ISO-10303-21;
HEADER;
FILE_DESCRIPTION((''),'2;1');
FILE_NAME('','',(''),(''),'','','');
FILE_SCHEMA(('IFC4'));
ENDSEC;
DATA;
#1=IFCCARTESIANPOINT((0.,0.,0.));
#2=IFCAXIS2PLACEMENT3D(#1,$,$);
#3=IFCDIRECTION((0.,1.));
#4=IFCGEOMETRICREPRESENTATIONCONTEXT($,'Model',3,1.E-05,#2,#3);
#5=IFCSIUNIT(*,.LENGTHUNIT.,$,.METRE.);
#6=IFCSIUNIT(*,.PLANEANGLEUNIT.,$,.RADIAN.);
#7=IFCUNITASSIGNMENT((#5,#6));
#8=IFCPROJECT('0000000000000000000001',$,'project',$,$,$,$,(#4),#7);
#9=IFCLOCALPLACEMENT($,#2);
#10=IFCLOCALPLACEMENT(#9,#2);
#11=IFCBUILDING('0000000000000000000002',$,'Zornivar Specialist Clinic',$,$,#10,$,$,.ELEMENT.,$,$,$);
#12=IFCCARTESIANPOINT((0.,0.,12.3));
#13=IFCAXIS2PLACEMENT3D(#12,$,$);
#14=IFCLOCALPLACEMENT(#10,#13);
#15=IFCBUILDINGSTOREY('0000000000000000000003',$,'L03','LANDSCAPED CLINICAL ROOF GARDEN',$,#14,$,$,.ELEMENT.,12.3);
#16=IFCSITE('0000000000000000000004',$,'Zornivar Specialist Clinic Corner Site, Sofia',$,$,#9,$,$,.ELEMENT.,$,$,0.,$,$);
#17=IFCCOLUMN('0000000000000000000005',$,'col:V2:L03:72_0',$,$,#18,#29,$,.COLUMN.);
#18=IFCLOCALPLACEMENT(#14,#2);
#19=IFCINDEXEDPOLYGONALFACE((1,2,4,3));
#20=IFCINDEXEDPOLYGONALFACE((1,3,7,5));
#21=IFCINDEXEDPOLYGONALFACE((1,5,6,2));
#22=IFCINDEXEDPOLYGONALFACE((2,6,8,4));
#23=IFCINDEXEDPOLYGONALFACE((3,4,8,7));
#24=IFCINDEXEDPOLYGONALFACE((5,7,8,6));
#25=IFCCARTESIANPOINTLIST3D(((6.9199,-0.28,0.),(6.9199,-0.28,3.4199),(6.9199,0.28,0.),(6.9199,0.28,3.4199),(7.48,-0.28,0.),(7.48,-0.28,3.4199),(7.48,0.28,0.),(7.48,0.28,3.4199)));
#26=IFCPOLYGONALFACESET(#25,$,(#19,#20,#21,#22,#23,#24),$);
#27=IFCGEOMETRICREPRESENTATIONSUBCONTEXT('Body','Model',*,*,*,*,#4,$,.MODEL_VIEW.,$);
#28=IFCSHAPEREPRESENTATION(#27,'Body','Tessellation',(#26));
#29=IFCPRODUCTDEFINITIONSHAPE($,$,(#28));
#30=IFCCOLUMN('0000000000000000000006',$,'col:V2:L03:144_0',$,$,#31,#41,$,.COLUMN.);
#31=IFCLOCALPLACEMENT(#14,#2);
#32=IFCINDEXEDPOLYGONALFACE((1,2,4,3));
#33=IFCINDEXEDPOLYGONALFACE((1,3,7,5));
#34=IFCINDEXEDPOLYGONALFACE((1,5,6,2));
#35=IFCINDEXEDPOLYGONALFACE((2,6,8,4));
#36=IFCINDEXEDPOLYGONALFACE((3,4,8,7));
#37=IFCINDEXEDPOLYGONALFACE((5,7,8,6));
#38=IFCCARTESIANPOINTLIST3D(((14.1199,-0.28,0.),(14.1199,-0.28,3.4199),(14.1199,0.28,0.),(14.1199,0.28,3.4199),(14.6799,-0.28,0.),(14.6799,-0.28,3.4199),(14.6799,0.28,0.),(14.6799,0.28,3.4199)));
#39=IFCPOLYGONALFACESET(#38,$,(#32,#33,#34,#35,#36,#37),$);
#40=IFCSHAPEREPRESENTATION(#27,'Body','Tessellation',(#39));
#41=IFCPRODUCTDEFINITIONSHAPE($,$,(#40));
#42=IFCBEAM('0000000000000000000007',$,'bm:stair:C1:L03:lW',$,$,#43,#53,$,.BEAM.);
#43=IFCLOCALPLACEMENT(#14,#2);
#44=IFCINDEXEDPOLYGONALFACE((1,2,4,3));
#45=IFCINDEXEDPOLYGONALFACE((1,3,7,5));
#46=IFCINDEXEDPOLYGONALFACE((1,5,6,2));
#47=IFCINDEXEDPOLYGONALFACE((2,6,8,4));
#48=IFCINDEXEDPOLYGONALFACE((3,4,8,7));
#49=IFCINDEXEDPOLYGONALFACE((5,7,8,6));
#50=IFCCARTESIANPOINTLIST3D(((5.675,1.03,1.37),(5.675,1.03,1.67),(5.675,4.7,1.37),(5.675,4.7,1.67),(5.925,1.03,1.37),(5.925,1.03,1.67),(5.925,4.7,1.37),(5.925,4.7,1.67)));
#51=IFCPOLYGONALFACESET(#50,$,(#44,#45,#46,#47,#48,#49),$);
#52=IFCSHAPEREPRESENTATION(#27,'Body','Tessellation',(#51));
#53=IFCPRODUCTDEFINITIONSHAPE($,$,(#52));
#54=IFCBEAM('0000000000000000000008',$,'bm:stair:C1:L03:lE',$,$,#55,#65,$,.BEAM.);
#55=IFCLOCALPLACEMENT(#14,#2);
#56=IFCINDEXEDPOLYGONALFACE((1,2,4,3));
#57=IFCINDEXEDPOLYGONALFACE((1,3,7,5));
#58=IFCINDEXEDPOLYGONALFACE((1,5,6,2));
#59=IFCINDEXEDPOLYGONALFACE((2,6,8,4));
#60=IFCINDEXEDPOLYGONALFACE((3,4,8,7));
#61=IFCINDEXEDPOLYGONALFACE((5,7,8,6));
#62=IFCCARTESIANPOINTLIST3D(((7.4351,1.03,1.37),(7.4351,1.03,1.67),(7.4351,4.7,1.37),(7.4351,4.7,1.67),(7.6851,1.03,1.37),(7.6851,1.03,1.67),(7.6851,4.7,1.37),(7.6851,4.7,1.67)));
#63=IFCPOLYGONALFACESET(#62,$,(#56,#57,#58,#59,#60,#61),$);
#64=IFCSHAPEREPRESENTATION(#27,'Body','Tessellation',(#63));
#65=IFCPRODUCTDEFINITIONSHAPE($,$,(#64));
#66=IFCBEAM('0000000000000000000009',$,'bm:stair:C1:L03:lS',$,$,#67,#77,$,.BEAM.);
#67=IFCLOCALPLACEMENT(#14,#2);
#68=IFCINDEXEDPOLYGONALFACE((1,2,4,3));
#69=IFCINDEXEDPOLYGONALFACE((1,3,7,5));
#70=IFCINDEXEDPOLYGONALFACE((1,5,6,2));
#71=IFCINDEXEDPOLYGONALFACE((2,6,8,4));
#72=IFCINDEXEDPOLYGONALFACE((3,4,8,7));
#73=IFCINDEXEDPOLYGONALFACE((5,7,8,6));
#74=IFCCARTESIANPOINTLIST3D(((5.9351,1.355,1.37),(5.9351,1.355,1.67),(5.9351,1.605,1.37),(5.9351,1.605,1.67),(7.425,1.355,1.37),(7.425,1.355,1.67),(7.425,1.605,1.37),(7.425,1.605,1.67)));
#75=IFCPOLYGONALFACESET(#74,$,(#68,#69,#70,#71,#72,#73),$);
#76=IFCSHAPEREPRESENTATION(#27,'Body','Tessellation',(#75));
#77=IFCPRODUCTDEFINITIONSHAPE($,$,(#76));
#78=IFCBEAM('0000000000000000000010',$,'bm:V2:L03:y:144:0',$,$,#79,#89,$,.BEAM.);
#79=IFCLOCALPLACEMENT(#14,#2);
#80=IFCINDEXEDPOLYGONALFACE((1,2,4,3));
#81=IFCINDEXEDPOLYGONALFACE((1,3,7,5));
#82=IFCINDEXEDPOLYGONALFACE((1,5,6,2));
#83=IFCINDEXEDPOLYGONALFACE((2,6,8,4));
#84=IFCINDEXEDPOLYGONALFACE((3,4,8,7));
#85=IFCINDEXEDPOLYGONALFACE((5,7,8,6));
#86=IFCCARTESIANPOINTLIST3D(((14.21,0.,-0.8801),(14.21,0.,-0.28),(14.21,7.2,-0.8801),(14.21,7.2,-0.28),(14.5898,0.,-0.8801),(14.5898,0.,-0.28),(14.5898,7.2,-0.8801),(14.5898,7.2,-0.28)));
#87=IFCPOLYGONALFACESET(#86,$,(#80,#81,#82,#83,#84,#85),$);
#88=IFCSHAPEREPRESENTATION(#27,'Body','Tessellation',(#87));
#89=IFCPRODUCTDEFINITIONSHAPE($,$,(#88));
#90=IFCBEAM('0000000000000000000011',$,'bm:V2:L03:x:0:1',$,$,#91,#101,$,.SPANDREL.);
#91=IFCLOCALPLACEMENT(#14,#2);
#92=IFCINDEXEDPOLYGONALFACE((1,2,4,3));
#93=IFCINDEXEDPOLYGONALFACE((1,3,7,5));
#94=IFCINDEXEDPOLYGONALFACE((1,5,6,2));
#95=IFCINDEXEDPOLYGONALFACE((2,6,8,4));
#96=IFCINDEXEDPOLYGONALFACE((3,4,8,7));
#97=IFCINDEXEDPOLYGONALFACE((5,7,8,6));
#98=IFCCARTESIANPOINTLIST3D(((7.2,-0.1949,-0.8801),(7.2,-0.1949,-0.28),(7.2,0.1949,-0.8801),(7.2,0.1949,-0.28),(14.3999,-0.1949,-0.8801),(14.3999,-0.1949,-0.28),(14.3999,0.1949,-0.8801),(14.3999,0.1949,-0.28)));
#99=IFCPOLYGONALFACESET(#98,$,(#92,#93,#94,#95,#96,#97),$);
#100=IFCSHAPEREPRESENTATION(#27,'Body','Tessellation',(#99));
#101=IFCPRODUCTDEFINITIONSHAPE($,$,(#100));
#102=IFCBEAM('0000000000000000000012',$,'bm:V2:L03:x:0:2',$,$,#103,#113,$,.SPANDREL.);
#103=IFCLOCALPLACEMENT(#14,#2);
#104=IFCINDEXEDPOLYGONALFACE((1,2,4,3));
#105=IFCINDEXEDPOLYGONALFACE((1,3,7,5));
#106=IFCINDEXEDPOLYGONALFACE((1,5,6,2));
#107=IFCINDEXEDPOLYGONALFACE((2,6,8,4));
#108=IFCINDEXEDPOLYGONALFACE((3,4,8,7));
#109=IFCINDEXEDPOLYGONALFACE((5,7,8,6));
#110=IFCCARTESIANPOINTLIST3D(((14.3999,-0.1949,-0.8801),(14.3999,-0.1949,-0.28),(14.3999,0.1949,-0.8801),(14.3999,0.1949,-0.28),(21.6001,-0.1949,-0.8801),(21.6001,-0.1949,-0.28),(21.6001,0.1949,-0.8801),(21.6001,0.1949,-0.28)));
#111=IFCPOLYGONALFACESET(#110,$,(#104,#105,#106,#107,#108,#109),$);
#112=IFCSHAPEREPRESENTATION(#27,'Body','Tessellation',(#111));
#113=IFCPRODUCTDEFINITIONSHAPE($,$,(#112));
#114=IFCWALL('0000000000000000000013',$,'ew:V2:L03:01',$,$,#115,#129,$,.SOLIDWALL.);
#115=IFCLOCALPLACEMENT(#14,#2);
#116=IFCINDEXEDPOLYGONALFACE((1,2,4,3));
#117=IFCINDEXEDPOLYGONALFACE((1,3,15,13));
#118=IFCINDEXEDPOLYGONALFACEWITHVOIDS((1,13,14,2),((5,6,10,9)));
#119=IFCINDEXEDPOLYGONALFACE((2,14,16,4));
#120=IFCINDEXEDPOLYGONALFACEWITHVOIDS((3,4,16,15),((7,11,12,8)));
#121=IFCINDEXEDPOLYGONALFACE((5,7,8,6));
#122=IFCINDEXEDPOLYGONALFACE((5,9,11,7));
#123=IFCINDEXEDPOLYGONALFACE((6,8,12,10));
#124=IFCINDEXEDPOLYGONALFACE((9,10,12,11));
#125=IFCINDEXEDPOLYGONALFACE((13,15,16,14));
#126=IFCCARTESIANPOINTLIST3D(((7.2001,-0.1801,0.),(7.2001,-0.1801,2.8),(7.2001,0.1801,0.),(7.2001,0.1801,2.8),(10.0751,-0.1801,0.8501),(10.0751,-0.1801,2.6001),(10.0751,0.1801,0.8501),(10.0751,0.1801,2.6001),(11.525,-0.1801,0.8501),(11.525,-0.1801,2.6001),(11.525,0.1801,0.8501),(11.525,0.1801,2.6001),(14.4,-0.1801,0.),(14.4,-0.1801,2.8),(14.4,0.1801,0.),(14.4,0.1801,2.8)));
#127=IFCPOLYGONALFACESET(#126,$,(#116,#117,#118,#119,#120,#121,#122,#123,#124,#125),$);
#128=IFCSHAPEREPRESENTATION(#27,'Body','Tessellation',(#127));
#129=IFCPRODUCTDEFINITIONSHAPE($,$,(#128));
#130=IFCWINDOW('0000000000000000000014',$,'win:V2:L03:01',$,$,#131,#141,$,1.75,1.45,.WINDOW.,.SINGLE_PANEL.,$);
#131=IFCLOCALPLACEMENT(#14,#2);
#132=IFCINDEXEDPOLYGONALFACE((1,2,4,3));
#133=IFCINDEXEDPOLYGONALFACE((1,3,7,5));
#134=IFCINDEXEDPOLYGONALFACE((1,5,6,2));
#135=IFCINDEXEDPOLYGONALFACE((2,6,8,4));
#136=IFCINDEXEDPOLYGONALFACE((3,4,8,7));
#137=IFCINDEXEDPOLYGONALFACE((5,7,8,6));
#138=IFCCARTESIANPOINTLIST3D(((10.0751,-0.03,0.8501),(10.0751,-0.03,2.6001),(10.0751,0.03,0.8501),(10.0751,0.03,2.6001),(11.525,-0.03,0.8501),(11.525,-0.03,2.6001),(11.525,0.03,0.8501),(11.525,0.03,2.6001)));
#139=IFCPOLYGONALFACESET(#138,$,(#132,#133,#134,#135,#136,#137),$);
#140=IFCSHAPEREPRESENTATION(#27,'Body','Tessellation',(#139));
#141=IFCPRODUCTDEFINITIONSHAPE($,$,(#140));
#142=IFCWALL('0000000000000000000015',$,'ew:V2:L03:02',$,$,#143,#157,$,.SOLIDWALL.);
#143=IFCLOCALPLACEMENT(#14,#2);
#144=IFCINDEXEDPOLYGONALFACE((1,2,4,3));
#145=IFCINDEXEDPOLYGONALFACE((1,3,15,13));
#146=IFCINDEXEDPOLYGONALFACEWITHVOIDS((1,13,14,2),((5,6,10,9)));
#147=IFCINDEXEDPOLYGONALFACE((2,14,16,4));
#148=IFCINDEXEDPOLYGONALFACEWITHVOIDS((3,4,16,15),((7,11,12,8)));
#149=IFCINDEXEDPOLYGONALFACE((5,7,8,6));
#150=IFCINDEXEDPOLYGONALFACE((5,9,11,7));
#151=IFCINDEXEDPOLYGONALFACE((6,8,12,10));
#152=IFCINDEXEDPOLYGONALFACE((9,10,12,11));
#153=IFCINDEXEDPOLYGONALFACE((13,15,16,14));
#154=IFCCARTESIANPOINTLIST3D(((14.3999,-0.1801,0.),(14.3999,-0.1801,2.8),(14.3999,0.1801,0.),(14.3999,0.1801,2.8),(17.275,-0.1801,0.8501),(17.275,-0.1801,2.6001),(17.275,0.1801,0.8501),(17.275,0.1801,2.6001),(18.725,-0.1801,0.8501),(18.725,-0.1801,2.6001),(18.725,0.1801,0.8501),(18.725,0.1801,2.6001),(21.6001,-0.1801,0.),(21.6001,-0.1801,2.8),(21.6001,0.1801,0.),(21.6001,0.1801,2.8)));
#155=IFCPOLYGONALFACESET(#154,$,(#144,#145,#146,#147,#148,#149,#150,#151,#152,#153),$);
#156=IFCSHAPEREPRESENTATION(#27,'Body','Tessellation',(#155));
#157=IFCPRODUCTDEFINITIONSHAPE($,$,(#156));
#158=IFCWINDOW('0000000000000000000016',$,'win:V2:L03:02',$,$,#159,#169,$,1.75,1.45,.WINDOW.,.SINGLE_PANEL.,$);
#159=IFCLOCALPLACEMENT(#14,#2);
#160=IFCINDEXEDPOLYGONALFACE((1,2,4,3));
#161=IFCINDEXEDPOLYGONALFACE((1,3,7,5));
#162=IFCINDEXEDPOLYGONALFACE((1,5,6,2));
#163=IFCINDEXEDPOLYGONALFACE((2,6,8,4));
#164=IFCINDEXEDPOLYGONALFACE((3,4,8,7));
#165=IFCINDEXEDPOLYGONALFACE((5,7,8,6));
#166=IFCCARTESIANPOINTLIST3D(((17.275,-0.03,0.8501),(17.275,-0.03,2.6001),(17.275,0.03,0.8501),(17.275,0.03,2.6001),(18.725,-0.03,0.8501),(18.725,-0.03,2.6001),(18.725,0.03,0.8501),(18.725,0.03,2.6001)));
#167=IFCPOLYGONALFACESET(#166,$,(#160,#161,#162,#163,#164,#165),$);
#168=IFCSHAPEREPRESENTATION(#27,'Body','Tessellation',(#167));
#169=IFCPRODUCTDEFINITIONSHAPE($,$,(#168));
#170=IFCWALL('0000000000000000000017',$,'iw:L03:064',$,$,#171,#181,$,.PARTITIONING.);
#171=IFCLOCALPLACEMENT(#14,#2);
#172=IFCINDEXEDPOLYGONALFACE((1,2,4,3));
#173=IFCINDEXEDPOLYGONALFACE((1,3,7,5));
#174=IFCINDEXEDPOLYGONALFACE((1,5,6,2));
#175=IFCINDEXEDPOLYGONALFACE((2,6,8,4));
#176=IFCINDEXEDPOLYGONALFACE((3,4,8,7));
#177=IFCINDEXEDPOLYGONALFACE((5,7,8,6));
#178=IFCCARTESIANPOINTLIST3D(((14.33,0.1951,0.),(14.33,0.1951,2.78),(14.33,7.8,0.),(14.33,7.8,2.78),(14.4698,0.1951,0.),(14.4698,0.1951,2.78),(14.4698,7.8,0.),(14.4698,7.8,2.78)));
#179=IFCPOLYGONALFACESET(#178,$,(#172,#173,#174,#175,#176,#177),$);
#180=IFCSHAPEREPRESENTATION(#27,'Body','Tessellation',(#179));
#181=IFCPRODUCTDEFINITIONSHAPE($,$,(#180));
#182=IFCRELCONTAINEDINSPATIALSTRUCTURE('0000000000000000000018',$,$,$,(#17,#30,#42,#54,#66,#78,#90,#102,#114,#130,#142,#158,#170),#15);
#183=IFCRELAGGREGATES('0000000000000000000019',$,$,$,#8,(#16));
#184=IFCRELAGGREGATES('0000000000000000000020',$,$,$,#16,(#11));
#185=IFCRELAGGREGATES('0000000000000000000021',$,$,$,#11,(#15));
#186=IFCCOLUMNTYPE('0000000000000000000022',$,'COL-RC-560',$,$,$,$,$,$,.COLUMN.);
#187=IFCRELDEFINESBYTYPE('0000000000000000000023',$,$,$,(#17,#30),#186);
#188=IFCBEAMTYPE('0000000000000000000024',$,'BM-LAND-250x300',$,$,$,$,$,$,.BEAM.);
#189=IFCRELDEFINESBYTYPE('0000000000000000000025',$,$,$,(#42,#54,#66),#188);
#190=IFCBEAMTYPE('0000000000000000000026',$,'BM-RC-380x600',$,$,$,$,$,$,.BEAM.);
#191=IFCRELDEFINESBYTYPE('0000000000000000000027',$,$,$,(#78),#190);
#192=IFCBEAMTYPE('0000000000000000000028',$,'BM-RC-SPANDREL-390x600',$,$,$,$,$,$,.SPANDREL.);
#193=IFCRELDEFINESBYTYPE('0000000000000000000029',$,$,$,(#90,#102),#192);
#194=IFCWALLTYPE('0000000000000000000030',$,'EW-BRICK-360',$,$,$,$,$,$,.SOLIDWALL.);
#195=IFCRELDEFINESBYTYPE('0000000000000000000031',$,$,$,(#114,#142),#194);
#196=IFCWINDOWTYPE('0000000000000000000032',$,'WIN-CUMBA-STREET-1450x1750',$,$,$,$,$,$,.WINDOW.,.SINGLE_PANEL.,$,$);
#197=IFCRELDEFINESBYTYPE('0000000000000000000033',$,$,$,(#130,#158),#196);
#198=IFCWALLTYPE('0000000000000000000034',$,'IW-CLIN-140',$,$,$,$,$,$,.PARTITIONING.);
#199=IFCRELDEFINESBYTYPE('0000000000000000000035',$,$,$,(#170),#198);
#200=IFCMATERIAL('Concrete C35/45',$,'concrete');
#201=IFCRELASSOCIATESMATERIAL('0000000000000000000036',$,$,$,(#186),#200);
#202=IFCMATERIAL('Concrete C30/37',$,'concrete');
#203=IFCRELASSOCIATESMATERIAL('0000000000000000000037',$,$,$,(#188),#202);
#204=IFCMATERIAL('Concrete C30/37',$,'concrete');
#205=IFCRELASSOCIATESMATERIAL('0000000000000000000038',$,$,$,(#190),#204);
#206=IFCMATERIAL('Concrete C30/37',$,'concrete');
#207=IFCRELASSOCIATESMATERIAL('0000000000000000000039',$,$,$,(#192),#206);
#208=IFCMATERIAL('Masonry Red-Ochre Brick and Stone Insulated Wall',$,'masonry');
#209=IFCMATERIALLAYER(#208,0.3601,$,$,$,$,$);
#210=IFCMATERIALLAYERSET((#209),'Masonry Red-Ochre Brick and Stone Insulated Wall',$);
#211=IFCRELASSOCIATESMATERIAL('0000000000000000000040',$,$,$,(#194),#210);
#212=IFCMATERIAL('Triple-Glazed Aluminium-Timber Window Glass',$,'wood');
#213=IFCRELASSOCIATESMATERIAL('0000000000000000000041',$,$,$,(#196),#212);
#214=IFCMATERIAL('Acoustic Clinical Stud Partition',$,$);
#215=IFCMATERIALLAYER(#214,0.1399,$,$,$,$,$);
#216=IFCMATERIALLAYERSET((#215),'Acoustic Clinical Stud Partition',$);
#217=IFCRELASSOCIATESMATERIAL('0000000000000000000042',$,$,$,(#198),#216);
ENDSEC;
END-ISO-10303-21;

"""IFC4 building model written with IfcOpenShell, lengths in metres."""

from ifc_helpers import new_model, si_unit, direction, frame, frame_2d, origin, origin_2d, place, context, subcontext, project, spatial, rectangle, extrude, material, layer, layer_set, material_profile, profile_set, type_object, element, fill, save


model = new_model("IFC4")

# Units and contexts
model_context = context("Model", 3, precision=1e-05, world=origin(), true_north=direction((0.0, 1.0)))
body_context = subcontext(model_context, "Body", "Model", "MODEL_VIEW")
ifc_project = project(units=[si_unit("LENGTHUNIT", "METRE"), si_unit("PLANEANGLEUNIT", "RADIAN")], contexts=[model_context])

# Site, building, storey
site_placement = place(None, origin())
site = spatial("IfcSite", under=ifc_project, at=site_placement, Name="Zornivar Specialist Clinic Corner Site, Sofia", CompositionType="ELEMENT", RefElevation=0.0)
building_placement = place(site_placement, origin())
building = spatial("IfcBuilding", under=site, at=building_placement, Name="Zornivar Specialist Clinic", CompositionType="ELEMENT")
storey_placement = place(building_placement, frame((0.0, 0.0, 12.3)))
storey = spatial("IfcBuildingStorey", under=building, at=storey_placement, Name="L03", Description="LANDSCAPED CLINICAL ROOF GARDEN", CompositionType="ELEMENT", Elevation=12.3)

# Columns
ifc_material_1 = material(Name="Concrete C35/45", Category="concrete")
ifc_material_profile_1 = material_profile(ifc_material_1, rectangle(XDim=0.5601, YDim=0.5601, at=origin_2d()), Name="RC 560x560")
ifc_profile_set_1 = profile_set([ifc_material_profile_1], Name="Concrete C35/45")
column_type = type_object("IfcColumnType", Name="COL-RC-560", PredefinedType="COLUMN", material=ifc_profile_set_1)
for number, where, z_axis, x_axis, name in (
    (1, (7.2, 0.0, 0.0), (0.0, 0.0, 1.0), (1.0, 0.0, 0.0), "col:V2:L03:72_0"),
    (2, (14.3999, 0.0, 0.0), (0.0, 0.0, 1.0), (1.0, 0.0, 0.0), "col:V2:L03:144_0"),
):
    element("IfcColumn", number, at=place(storey_placement, frame(where, z_axis=z_axis, x_axis=x_axis)), inside=storey, type_object=column_type, Name=name, PredefinedType="COLUMN", context=body_context, shape_type="SweptSolid", body=[
        extrude(rectangle(XDim=0.5601, YDim=0.5601, at=origin_2d()), origin(), (0.0, 0.0, 1.0), 3.4199),
    ])

# Beams
ifc_material_2 = material(Name="Concrete C30/37", Category="concrete")
ifc_material_profile_2 = material_profile(ifc_material_2, rectangle(XDim=0.25, YDim=0.3, at=origin_2d()), Name="RC 250x300")
ifc_profile_set_2 = profile_set([ifc_material_profile_2], Name="Concrete C30/37")
beam_type_1 = type_object("IfcBeamType", Name="BM-LAND-250x300", PredefinedType="BEAM", material=ifc_profile_set_2)
for number, where, z_axis, x_axis, name in (
    (3, (5.8, 1.03, 1.52), (0.0, 1.0, 0.0), (-1.0, 0.0, 0.0), "bm:stair:C1:L03:lW"),
    (4, (7.5601, 1.03, 1.52), (0.0, 1.0, 0.0), (-1.0, 0.0, 0.0), "bm:stair:C1:L03:lE"),
):
    element("IfcBeam", number, at=place(storey_placement, frame(where, z_axis=z_axis, x_axis=x_axis)), inside=storey, type_object=beam_type_1, Name=name, PredefinedType="BEAM", context=body_context, shape_type="SweptSolid", body=[
        extrude(rectangle(XDim=0.25, YDim=0.3, at=origin_2d()), origin(), (0.0, 0.0, 1.0), 3.6699),
    ])
beam_1_placement = place(storey_placement, frame((5.9351, 1.48, 1.52), z_axis=(1.0, 0.0, 0.0), x_axis=(0.0, 1.0, 0.0)))
element("IfcBeam", 5, at=beam_1_placement, inside=storey, type_object=beam_type_1, Name="bm:stair:C1:L03:lS", PredefinedType="BEAM", context=body_context, shape_type="SweptSolid", body=[
    extrude(rectangle(XDim=0.25, YDim=0.3, at=origin_2d()), origin(), (0.0, 0.0, 1.0), 1.49),
])
ifc_material_3 = material(Name="Concrete C30/37", Category="concrete")
ifc_material_profile_3 = material_profile(ifc_material_3, rectangle(XDim=0.3799, YDim=0.6001, at=origin_2d()), Name="RC 380x600")
ifc_profile_set_3 = profile_set([ifc_material_profile_3], Name="Concrete C30/37")
beam_type_2 = type_object("IfcBeamType", Name="BM-RC-380x600", PredefinedType="BEAM", material=ifc_profile_set_3)
beam_2_placement = place(storey_placement, frame((14.3999, 0.0, -0.5801), z_axis=(0.0, 1.0, 0.0), x_axis=(-1.0, 0.0, 0.0)))
element("IfcBeam", 6, at=beam_2_placement, inside=storey, type_object=beam_type_2, Name="bm:V2:L03:y:144:0", PredefinedType="BEAM", context=body_context, shape_type="SweptSolid", body=[
    extrude(rectangle(XDim=0.3799, YDim=0.6001, at=origin_2d()), origin(), (0.0, 0.0, 1.0), 7.2),
])
ifc_material_4 = material(Name="Concrete C30/37", Category="concrete")
ifc_material_profile_4 = material_profile(ifc_material_4, rectangle(XDim=0.3899, YDim=0.6001, at=origin_2d()), Name="RC 390x600")
ifc_profile_set_4 = profile_set([ifc_material_profile_4], Name="Concrete C30/37")
beam_type_3 = type_object("IfcBeamType", Name="BM-RC-SPANDREL-390x600", PredefinedType="SPANDREL", material=ifc_profile_set_4)
beam_3_placement = place(storey_placement, frame((7.2, 0.0, -0.5801), z_axis=(1.0, 0.0, 0.0), x_axis=(0.0, 1.0, 0.0)))
element("IfcBeam", 7, at=beam_3_placement, inside=storey, type_object=beam_type_3, Name="bm:V2:L03:x:0:1", PredefinedType="SPANDREL", context=body_context, shape_type="SweptSolid", body=[
    extrude(rectangle(XDim=0.3899, YDim=0.6001, at=origin_2d()), origin(), (0.0, 0.0, 1.0), 7.2),
])
beam_4_placement = place(storey_placement, frame((14.3999, 0.0, -0.5801), z_axis=(1.0, 0.0, 0.0), x_axis=(0.0, 1.0, 0.0)))
element("IfcBeam", 8, at=beam_4_placement, inside=storey, type_object=beam_type_3, Name="bm:V2:L03:x:0:2", PredefinedType="SPANDREL", context=body_context, shape_type="SweptSolid", body=[
    extrude(rectangle(XDim=0.3899, YDim=0.6001, at=origin_2d()), origin(), (0.0, 0.0, 1.0), 7.2002),
])

# Walls, openings, windows
ifc_material_5 = material(Name="Masonry Red-Ochre Brick and Stone Insulated Wall", Category="masonry")
ifc_layer_1 = layer(ifc_material_5, 0.3601)
ifc_layer_set_1 = layer_set([ifc_layer_1], Name="Masonry Red-Ochre Brick and Stone Insulated Wall")
wall_type_1 = type_object("IfcWallType", Name="EW-BRICK-360", PredefinedType="SOLIDWALL", material=ifc_layer_set_1)
wall_1_placement = place(storey_placement, frame((7.2, 0.0, 0.0), z_axis=(0.0, 0.0, 1.0), x_axis=(1.0, 0.0, 0.0)))
wall_1 = element("IfcWall", 9, at=wall_1_placement, inside=storey, type_object=wall_type_1, Name="ew:V2:L03:01", PredefinedType="SOLIDWALL", context=body_context, shape_type="SweptSolid", body=[
    extrude(rectangle(XDim=7.2, YDim=0.3601, at=frame_2d((3.6001, 0.0))), origin(), (0.0, 0.0, 1.0), 2.8),
])
opening_1_placement = place(wall_1_placement, frame((2.875, 0.0, 0.8501)))
opening_1 = element("IfcOpeningElement", 10, at=opening_1_placement, cuts=wall_1, PredefinedType="OPENING", context=body_context, shape_type="SweptSolid", body=[
    extrude(rectangle(XDim=1.45, YDim=1.75, at=frame_2d((0.7251, 0.875))), frame((0.0, 0.1899, 0.0), z_axis=(0.0, -1.0, 0.0), x_axis=(1.0, 0.0, 0.0)), (0.0, 0.0, 1.0), 0.3801),
])
ifc_material_6 = material(Name="Triple-Glazed Aluminium-Timber Window Glass", Category="wood")
window_type = type_object("IfcWindowType", Name="WIN-CUMBA-STREET-1450x1750", PartitioningType="SINGLE_PANEL", PredefinedType="WINDOW", material=ifc_material_6)
window_1_placement = place(opening_1_placement, origin())
window_1 = element("IfcWindow", 11, at=window_1_placement, inside=storey, type_object=window_type, Name="win:V2:L03:01", OverallHeight=1.75, OverallWidth=1.45, PartitioningType="SINGLE_PANEL", PredefinedType="WINDOW", context=body_context, shape_type="SweptSolid", body=[
    extrude(rectangle(XDim=1.45, YDim=1.75, at=frame_2d((0.7251, 0.875))), frame((0.0, 0.03, 0.0), z_axis=(0.0, -1.0, 0.0), x_axis=(1.0, 0.0, 0.0)), (0.0, 0.0, 1.0), 0.0601),
])
fill(opening_1, window_1)
wall_2_placement = place(storey_placement, frame((14.3999, 0.0, 0.0), z_axis=(0.0, 0.0, 1.0), x_axis=(1.0, 0.0, 0.0)))
wall_2 = element("IfcWall", 12, at=wall_2_placement, inside=storey, type_object=wall_type_1, Name="ew:V2:L03:02", PredefinedType="SOLIDWALL", context=body_context, shape_type="SweptSolid", body=[
    extrude(rectangle(XDim=7.2002, YDim=0.3601, at=frame_2d((3.6001, 0.0))), origin(), (0.0, 0.0, 1.0), 2.8),
])
opening_2_placement = place(wall_2_placement, frame((2.875, 0.0, 0.8501)))
opening_2 = element("IfcOpeningElement", 13, at=opening_2_placement, cuts=wall_2, PredefinedType="OPENING", context=body_context, shape_type="SweptSolid", body=[
    extrude(rectangle(XDim=1.45, YDim=1.75, at=frame_2d((0.7251, 0.875))), frame((0.0, 0.1899, 0.0), z_axis=(0.0, -1.0, 0.0), x_axis=(1.0, 0.0, 0.0)), (0.0, 0.0, 1.0), 0.3801),
])
window_2_placement = place(opening_2_placement, origin())
window_2 = element("IfcWindow", 14, at=window_2_placement, inside=storey, type_object=window_type, Name="win:V2:L03:02", OverallHeight=1.75, OverallWidth=1.45, PartitioningType="SINGLE_PANEL", PredefinedType="WINDOW", context=body_context, shape_type="SweptSolid", body=[
    extrude(rectangle(XDim=1.45, YDim=1.75, at=frame_2d((0.7251, 0.875))), frame((0.0, 0.03, 0.0), z_axis=(0.0, -1.0, 0.0), x_axis=(1.0, 0.0, 0.0)), (0.0, 0.0, 1.0), 0.0601),
])
fill(opening_2, window_2)

# Wall
ifc_material_7 = material(Name="Acoustic Clinical Stud Partition")
ifc_layer_2 = layer(ifc_material_7, 0.1399)
ifc_layer_set_2 = layer_set([ifc_layer_2], Name="Acoustic Clinical Stud Partition")
wall_type_2 = type_object("IfcWallType", Name="IW-CLIN-140", PredefinedType="PARTITIONING", material=ifc_layer_set_2)
wall_3_placement = place(storey_placement, frame((14.3999, 0.1951, 0.0), z_axis=(0.0, 0.0, 1.0), x_axis=(0.0, 1.0, 0.0)))
element("IfcWall", 15, at=wall_3_placement, inside=storey, type_object=wall_type_2, Name="iw:L03:064", PredefinedType="PARTITIONING", context=body_context, shape_type="SweptSolid", body=[
    extrude(rectangle(XDim=7.605, YDim=0.1399, at=frame_2d((3.8025, 0.0))), origin(), (0.0, 0.0, 1.0), 2.78),
])

save(model, "model.ifc")
